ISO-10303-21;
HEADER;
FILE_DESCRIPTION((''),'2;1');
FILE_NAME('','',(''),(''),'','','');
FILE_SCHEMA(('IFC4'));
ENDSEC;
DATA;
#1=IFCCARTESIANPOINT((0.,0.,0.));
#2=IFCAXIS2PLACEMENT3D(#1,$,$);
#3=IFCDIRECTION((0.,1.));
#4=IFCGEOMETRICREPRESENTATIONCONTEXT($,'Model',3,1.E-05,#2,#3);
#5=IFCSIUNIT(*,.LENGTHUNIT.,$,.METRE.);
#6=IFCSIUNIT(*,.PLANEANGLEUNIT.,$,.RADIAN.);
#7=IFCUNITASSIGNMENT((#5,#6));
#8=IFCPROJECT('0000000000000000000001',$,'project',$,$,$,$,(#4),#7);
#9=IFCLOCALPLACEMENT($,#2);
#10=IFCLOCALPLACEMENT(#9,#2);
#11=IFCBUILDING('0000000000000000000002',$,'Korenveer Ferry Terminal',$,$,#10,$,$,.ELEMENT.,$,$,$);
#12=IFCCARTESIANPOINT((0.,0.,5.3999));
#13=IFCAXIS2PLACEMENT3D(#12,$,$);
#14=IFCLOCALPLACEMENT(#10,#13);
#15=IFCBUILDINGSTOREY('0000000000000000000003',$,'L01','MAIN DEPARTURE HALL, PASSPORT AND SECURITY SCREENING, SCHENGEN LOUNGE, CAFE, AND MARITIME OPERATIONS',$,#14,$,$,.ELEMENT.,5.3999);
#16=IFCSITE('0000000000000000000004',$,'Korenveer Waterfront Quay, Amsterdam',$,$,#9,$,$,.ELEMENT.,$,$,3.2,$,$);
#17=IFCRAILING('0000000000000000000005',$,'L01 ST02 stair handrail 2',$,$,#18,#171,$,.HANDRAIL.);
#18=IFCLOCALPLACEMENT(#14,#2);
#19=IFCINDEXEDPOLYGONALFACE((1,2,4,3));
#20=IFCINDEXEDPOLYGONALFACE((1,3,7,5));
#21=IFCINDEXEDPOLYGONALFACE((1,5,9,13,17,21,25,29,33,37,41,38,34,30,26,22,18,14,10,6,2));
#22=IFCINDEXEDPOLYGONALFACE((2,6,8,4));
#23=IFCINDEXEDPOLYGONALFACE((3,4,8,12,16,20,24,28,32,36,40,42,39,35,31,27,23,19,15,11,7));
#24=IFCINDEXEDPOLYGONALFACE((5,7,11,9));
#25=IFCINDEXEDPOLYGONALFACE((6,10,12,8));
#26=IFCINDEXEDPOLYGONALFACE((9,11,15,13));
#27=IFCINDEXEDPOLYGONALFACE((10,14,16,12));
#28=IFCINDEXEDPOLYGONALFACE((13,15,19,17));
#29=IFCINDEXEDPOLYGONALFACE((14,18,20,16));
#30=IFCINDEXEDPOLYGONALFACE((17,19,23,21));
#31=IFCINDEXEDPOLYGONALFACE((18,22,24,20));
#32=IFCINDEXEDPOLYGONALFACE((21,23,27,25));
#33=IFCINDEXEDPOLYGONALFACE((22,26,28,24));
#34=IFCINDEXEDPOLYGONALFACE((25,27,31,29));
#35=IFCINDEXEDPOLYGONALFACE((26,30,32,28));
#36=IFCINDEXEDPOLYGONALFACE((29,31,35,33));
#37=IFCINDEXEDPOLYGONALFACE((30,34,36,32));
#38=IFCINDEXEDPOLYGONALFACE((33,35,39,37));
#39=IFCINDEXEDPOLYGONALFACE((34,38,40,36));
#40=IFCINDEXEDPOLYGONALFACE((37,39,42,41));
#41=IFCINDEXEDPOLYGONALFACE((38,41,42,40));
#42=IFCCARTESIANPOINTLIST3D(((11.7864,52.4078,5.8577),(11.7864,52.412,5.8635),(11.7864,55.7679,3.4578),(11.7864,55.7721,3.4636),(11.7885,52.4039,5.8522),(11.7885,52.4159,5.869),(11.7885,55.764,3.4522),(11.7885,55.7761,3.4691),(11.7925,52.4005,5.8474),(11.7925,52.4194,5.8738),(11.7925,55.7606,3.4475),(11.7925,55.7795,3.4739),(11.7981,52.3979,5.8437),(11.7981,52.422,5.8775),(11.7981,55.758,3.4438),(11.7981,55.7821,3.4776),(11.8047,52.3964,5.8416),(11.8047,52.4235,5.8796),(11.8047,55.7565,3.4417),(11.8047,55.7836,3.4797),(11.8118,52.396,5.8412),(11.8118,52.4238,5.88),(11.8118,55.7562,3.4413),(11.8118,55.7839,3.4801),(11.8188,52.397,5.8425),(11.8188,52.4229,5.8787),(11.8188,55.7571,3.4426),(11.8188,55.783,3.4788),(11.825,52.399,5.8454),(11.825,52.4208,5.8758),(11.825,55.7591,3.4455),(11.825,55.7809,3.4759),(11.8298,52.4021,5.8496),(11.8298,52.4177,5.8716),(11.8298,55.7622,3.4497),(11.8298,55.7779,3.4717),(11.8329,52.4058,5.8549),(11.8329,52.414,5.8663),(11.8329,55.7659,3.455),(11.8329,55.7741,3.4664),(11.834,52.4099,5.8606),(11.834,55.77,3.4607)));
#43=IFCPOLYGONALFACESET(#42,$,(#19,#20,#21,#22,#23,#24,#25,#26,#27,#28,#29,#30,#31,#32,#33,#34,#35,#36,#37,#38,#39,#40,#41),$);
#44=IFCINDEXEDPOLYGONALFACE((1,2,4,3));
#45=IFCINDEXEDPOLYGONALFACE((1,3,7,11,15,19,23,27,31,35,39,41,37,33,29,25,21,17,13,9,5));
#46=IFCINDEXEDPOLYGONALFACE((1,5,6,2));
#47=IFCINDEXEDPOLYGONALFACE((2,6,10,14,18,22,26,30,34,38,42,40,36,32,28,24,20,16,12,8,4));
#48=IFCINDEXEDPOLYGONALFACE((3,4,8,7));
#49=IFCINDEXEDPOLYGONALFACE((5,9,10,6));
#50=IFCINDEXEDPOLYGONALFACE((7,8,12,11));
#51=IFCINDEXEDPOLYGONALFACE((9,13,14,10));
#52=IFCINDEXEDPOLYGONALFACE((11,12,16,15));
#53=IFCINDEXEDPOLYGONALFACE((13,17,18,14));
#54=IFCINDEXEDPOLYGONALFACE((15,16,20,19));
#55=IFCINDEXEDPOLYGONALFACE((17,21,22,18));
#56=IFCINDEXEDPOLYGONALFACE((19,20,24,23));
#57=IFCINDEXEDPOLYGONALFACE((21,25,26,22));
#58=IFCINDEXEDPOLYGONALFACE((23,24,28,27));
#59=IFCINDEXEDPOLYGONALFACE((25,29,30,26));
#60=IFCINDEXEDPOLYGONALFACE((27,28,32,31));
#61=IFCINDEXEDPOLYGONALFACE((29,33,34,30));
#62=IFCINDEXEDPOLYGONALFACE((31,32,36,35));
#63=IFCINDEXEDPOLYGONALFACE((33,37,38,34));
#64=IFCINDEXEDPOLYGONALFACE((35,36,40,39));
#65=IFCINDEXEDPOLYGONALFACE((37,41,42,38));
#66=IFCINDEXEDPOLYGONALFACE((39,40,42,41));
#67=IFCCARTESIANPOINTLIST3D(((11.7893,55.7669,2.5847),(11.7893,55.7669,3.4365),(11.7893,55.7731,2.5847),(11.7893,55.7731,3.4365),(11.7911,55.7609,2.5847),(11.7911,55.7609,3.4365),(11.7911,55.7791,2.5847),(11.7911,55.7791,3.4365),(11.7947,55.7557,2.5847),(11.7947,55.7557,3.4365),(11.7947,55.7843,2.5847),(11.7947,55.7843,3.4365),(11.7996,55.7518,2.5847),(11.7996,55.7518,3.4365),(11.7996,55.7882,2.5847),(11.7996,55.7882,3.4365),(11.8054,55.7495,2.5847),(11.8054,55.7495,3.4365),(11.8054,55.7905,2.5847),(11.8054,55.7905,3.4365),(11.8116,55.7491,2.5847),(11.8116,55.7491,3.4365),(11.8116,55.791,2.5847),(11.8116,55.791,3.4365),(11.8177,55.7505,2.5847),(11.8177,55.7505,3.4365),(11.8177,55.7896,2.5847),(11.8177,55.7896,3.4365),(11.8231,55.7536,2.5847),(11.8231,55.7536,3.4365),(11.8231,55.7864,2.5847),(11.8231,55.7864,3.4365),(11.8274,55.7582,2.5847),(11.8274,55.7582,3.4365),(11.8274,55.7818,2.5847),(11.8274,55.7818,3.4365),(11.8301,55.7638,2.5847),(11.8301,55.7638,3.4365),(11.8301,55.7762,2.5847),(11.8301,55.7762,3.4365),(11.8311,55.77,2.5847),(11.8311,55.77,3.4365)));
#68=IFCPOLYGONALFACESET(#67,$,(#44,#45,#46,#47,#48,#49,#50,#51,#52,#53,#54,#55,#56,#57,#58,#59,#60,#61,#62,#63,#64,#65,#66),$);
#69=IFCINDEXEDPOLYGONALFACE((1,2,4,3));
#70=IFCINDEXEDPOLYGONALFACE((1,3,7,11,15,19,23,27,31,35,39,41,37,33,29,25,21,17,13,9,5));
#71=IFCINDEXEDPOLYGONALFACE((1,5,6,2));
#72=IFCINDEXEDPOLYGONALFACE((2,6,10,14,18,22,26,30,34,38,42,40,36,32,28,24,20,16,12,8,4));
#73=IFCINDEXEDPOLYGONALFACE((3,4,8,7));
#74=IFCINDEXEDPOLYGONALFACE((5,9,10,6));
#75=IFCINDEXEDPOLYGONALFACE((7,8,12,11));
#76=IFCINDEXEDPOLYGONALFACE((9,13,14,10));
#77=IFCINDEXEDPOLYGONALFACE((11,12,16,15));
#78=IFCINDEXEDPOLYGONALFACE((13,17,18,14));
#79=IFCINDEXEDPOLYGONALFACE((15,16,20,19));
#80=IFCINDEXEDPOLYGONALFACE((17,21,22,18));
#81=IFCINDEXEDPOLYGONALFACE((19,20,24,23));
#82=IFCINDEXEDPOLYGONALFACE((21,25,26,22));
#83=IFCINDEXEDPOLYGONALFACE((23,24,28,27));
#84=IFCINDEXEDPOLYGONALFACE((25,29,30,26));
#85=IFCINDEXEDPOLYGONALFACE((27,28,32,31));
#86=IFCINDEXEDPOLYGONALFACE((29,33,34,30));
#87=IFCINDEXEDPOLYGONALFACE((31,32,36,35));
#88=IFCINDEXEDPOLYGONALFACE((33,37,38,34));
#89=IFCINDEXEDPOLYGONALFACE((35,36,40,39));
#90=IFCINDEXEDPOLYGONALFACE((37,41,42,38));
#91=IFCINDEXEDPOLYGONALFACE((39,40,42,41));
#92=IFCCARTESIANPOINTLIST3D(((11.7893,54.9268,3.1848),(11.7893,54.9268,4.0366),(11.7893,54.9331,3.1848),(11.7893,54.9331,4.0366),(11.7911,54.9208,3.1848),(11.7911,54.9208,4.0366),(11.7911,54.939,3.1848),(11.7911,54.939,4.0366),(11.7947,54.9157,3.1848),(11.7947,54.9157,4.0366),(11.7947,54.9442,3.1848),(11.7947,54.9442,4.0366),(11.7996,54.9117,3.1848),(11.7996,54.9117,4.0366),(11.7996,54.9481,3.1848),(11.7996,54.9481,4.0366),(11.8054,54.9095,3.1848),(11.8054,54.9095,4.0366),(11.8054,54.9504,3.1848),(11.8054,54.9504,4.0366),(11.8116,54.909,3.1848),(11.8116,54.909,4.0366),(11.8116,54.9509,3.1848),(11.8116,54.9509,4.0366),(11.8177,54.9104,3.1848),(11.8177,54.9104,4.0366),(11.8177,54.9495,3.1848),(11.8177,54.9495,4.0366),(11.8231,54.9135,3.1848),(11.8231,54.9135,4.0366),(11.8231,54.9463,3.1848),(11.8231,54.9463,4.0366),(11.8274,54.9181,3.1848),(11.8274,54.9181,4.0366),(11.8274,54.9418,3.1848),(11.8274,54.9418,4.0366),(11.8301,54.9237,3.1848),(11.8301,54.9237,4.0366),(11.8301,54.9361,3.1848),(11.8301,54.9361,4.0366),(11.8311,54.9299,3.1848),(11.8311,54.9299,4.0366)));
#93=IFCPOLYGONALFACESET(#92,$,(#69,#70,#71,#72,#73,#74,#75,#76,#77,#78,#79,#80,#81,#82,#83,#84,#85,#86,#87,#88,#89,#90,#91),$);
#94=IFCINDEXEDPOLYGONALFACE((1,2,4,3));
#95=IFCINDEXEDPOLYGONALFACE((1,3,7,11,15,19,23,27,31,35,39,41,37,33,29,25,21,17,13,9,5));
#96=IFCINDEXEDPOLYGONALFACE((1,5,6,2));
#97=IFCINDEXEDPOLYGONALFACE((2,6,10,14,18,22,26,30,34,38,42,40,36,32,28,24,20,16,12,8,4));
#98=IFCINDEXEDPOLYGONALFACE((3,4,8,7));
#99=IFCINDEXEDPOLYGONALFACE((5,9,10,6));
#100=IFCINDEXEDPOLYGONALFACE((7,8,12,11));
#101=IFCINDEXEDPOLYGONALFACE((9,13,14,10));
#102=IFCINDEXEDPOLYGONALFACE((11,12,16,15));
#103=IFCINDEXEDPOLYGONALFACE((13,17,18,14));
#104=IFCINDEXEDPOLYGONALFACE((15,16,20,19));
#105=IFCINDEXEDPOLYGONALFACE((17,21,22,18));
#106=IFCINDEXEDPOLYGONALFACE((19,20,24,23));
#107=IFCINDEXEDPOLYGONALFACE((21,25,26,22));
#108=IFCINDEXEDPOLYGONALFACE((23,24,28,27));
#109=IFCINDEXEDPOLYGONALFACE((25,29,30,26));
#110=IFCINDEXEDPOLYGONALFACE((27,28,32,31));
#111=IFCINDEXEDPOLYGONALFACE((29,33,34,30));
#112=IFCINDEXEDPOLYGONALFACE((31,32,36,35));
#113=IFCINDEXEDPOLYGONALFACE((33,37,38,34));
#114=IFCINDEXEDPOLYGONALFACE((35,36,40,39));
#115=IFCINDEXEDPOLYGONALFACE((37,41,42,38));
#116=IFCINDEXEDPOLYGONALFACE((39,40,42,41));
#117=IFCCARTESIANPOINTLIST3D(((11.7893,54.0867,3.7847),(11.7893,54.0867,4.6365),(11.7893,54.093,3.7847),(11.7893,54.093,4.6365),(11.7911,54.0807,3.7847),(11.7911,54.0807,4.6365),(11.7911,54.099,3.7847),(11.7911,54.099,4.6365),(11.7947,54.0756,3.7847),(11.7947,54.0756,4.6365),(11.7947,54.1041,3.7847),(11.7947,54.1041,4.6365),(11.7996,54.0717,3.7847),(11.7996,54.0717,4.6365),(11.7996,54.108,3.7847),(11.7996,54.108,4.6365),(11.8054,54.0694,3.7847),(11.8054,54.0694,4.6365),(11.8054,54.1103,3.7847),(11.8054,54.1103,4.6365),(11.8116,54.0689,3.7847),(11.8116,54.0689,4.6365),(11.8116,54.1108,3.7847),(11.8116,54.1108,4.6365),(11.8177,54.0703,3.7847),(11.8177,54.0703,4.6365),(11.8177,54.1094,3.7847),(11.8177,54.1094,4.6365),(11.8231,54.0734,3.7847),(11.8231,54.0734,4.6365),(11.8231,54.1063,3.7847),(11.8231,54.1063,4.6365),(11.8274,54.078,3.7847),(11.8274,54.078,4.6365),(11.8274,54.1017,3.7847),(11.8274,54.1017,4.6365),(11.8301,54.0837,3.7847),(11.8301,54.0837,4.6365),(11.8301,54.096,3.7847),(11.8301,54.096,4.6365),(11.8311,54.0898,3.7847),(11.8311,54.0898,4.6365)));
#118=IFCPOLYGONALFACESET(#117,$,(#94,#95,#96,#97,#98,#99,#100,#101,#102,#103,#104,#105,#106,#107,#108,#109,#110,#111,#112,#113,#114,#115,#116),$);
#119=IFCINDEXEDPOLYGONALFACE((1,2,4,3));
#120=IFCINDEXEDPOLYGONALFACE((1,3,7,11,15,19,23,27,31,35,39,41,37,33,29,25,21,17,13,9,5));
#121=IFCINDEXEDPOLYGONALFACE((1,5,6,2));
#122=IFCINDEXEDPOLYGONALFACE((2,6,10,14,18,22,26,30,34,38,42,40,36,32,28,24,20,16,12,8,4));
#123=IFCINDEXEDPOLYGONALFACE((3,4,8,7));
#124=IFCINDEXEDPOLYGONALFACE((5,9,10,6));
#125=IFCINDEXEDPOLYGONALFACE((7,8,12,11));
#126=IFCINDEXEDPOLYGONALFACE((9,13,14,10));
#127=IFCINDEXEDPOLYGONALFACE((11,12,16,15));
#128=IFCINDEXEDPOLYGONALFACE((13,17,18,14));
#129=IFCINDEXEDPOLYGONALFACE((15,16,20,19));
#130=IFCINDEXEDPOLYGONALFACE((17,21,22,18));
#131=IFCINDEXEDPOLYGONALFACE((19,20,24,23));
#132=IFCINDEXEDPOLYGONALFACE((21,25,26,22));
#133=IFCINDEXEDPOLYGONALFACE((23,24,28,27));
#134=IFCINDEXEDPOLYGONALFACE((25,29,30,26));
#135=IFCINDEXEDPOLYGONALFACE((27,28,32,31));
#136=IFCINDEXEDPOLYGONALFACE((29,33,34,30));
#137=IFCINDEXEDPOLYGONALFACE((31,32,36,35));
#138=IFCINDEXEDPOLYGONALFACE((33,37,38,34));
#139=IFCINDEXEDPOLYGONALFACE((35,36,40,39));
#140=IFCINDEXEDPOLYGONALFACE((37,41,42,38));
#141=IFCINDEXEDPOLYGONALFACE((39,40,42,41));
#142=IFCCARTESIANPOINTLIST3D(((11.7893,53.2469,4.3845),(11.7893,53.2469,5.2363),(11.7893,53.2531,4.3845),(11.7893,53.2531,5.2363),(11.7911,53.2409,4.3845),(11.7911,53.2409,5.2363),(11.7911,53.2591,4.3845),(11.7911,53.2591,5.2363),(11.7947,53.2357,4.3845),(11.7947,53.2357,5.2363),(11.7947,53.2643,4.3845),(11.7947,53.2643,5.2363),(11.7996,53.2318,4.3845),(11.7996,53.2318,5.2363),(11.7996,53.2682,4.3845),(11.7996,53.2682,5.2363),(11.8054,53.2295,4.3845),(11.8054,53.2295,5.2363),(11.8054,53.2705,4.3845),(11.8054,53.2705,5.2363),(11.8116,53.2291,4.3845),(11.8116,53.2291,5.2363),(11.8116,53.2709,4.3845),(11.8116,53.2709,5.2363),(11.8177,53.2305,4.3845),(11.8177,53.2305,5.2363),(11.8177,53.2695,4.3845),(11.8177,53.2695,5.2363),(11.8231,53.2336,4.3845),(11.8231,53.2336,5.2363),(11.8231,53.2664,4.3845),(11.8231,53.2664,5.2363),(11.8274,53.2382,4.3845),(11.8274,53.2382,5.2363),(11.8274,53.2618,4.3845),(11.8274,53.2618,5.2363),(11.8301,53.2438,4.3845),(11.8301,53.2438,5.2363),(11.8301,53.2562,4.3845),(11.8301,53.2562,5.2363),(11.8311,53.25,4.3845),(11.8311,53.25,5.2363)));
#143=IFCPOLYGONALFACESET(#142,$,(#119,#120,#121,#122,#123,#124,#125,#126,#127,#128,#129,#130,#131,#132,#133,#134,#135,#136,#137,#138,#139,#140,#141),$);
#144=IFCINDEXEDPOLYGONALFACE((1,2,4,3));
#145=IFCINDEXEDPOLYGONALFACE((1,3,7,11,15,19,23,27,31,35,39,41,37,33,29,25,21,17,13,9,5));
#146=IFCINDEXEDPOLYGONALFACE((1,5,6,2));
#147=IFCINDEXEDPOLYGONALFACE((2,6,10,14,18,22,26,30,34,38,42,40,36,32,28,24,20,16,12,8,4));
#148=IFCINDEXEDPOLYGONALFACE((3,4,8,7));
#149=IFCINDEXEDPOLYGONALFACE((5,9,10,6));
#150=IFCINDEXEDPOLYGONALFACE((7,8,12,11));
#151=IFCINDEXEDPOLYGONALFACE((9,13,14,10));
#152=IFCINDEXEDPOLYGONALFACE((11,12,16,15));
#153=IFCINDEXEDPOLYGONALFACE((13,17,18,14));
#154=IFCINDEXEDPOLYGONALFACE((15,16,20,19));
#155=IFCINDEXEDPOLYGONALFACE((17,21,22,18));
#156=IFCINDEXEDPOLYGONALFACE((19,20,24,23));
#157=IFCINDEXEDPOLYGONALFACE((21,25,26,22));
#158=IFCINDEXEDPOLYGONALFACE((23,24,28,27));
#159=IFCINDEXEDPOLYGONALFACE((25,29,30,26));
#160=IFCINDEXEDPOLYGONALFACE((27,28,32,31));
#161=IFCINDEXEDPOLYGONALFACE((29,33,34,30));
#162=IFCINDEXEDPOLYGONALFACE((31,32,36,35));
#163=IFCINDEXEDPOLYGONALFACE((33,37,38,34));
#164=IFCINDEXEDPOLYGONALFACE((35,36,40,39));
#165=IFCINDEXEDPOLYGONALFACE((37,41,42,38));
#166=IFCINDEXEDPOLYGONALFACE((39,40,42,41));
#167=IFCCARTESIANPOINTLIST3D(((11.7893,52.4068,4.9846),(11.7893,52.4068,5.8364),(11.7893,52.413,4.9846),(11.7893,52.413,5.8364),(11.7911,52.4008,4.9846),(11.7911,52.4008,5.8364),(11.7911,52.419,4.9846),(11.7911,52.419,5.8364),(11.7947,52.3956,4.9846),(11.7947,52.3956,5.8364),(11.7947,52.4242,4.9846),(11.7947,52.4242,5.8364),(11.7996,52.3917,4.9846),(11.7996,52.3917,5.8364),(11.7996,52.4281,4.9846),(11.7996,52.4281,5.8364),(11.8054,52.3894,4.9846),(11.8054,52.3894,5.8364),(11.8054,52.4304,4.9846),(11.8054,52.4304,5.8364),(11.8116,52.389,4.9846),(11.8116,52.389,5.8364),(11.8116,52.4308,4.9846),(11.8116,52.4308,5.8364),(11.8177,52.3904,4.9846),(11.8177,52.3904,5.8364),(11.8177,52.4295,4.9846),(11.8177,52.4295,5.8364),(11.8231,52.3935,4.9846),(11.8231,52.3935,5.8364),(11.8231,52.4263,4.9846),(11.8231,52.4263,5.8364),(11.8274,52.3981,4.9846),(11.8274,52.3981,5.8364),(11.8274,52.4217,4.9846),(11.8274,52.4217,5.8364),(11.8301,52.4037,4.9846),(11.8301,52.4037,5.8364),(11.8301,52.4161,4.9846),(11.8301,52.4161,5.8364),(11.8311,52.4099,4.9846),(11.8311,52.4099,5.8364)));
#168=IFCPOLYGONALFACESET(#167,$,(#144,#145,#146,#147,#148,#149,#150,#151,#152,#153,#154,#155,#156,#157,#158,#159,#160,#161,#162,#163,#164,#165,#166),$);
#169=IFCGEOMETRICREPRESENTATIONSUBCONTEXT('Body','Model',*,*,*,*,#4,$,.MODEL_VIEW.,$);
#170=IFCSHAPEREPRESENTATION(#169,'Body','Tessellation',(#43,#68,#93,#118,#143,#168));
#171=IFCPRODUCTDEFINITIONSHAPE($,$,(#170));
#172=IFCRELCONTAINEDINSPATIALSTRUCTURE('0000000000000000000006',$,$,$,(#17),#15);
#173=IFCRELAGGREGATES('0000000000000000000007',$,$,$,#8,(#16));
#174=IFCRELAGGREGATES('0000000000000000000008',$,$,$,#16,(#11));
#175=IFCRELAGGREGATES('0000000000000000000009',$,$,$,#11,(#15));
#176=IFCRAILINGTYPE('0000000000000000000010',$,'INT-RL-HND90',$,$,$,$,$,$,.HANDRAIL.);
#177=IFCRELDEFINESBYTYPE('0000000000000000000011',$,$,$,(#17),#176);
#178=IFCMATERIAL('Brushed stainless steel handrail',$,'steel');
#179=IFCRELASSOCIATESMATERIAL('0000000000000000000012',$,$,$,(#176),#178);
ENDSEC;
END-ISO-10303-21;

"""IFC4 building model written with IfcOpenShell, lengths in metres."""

from ifc_helpers import new_model, si_unit, direction, frame, origin, origin_2d, place, context, subcontext, project, spatial, circle, extrude, material, type_object, element, save


model = new_model("IFC4")

# Units and contexts
model_context = context("Model", 3, precision=1e-05, world=origin(), true_north=direction((0.0, 1.0)))
body_context = subcontext(model_context, "Body", "Model", "MODEL_VIEW")
ifc_project = project(units=[si_unit("LENGTHUNIT", "METRE"), si_unit("PLANEANGLEUNIT", "RADIAN")], contexts=[model_context])

# Site, building, storey
site_placement = place(None, origin())
site = spatial("IfcSite", under=ifc_project, at=site_placement, Name="Korenveer Waterfront Quay, Amsterdam", CompositionType="ELEMENT", RefElevation=3.2)
building_placement = place(site_placement, origin())
building = spatial("IfcBuilding", under=site, at=building_placement, Name="Korenveer Ferry Terminal", CompositionType="ELEMENT")
storey_placement = place(building_placement, frame((0.0, 0.0, 5.3999)))
storey = spatial("IfcBuildingStorey", under=building, at=storey_placement, Name="L01", Description="MAIN DEPARTURE HALL, PASSPORT AND SECURITY SCREENING, SCHENGEN LOUNGE, CAFE, AND MARITIME OPERATIONS", CompositionType="ELEMENT", Elevation=5.3999)

# Railing
ifc_material_1 = material(Name="Brushed stainless steel handrail", Category="steel")
railing_type_1 = type_object("IfcRailingType", Name="INT-RL-HND90", PredefinedType="HANDRAIL", material=ifc_material_1)
railing_1_placement = place(storey_placement, frame((11.8101, 55.77, 2.5847)))
element("IfcRailing", 1, at=railing_1_placement, inside=storey, type_object=railing_type_1, Name="L01 ST02 stair handrail 2", PredefinedType="HANDRAIL", context=body_context, shape_type="SweptSolid", body=[
    extrude(circle(Radius=0.0239, at=origin_2d()), frame((0.0, 0.0, 0.876), z_axis=(0.0, -0.813753, 0.58121), x_axis=(1.0, 0.0, 0.0)), (0.0, 0.0, 1.0), 4.1292),
    extrude(circle(Radius=0.021, at=origin_2d()), origin(), (0.0, 0.0, 1.0), 0.8518),
    extrude(circle(Radius=0.021, at=origin_2d()), frame((0.0, -0.8401, 0.6001)), (0.0, 0.0, 1.0), 0.8518),
    extrude(circle(Radius=0.021, at=origin_2d()), frame((0.0, -1.6802, 1.2)), (0.0, 0.0, 1.0), 0.8518),
    extrude(circle(Radius=0.021, at=origin_2d()), frame((0.0, -2.52, 1.7998)), (0.0, 0.0, 1.0), 0.8518),
    extrude(circle(Radius=0.021, at=origin_2d()), frame((0.0, -3.3601, 2.3999)), (0.0, 0.0, 1.0), 0.8518),
])

save(model, "model.ifc")
